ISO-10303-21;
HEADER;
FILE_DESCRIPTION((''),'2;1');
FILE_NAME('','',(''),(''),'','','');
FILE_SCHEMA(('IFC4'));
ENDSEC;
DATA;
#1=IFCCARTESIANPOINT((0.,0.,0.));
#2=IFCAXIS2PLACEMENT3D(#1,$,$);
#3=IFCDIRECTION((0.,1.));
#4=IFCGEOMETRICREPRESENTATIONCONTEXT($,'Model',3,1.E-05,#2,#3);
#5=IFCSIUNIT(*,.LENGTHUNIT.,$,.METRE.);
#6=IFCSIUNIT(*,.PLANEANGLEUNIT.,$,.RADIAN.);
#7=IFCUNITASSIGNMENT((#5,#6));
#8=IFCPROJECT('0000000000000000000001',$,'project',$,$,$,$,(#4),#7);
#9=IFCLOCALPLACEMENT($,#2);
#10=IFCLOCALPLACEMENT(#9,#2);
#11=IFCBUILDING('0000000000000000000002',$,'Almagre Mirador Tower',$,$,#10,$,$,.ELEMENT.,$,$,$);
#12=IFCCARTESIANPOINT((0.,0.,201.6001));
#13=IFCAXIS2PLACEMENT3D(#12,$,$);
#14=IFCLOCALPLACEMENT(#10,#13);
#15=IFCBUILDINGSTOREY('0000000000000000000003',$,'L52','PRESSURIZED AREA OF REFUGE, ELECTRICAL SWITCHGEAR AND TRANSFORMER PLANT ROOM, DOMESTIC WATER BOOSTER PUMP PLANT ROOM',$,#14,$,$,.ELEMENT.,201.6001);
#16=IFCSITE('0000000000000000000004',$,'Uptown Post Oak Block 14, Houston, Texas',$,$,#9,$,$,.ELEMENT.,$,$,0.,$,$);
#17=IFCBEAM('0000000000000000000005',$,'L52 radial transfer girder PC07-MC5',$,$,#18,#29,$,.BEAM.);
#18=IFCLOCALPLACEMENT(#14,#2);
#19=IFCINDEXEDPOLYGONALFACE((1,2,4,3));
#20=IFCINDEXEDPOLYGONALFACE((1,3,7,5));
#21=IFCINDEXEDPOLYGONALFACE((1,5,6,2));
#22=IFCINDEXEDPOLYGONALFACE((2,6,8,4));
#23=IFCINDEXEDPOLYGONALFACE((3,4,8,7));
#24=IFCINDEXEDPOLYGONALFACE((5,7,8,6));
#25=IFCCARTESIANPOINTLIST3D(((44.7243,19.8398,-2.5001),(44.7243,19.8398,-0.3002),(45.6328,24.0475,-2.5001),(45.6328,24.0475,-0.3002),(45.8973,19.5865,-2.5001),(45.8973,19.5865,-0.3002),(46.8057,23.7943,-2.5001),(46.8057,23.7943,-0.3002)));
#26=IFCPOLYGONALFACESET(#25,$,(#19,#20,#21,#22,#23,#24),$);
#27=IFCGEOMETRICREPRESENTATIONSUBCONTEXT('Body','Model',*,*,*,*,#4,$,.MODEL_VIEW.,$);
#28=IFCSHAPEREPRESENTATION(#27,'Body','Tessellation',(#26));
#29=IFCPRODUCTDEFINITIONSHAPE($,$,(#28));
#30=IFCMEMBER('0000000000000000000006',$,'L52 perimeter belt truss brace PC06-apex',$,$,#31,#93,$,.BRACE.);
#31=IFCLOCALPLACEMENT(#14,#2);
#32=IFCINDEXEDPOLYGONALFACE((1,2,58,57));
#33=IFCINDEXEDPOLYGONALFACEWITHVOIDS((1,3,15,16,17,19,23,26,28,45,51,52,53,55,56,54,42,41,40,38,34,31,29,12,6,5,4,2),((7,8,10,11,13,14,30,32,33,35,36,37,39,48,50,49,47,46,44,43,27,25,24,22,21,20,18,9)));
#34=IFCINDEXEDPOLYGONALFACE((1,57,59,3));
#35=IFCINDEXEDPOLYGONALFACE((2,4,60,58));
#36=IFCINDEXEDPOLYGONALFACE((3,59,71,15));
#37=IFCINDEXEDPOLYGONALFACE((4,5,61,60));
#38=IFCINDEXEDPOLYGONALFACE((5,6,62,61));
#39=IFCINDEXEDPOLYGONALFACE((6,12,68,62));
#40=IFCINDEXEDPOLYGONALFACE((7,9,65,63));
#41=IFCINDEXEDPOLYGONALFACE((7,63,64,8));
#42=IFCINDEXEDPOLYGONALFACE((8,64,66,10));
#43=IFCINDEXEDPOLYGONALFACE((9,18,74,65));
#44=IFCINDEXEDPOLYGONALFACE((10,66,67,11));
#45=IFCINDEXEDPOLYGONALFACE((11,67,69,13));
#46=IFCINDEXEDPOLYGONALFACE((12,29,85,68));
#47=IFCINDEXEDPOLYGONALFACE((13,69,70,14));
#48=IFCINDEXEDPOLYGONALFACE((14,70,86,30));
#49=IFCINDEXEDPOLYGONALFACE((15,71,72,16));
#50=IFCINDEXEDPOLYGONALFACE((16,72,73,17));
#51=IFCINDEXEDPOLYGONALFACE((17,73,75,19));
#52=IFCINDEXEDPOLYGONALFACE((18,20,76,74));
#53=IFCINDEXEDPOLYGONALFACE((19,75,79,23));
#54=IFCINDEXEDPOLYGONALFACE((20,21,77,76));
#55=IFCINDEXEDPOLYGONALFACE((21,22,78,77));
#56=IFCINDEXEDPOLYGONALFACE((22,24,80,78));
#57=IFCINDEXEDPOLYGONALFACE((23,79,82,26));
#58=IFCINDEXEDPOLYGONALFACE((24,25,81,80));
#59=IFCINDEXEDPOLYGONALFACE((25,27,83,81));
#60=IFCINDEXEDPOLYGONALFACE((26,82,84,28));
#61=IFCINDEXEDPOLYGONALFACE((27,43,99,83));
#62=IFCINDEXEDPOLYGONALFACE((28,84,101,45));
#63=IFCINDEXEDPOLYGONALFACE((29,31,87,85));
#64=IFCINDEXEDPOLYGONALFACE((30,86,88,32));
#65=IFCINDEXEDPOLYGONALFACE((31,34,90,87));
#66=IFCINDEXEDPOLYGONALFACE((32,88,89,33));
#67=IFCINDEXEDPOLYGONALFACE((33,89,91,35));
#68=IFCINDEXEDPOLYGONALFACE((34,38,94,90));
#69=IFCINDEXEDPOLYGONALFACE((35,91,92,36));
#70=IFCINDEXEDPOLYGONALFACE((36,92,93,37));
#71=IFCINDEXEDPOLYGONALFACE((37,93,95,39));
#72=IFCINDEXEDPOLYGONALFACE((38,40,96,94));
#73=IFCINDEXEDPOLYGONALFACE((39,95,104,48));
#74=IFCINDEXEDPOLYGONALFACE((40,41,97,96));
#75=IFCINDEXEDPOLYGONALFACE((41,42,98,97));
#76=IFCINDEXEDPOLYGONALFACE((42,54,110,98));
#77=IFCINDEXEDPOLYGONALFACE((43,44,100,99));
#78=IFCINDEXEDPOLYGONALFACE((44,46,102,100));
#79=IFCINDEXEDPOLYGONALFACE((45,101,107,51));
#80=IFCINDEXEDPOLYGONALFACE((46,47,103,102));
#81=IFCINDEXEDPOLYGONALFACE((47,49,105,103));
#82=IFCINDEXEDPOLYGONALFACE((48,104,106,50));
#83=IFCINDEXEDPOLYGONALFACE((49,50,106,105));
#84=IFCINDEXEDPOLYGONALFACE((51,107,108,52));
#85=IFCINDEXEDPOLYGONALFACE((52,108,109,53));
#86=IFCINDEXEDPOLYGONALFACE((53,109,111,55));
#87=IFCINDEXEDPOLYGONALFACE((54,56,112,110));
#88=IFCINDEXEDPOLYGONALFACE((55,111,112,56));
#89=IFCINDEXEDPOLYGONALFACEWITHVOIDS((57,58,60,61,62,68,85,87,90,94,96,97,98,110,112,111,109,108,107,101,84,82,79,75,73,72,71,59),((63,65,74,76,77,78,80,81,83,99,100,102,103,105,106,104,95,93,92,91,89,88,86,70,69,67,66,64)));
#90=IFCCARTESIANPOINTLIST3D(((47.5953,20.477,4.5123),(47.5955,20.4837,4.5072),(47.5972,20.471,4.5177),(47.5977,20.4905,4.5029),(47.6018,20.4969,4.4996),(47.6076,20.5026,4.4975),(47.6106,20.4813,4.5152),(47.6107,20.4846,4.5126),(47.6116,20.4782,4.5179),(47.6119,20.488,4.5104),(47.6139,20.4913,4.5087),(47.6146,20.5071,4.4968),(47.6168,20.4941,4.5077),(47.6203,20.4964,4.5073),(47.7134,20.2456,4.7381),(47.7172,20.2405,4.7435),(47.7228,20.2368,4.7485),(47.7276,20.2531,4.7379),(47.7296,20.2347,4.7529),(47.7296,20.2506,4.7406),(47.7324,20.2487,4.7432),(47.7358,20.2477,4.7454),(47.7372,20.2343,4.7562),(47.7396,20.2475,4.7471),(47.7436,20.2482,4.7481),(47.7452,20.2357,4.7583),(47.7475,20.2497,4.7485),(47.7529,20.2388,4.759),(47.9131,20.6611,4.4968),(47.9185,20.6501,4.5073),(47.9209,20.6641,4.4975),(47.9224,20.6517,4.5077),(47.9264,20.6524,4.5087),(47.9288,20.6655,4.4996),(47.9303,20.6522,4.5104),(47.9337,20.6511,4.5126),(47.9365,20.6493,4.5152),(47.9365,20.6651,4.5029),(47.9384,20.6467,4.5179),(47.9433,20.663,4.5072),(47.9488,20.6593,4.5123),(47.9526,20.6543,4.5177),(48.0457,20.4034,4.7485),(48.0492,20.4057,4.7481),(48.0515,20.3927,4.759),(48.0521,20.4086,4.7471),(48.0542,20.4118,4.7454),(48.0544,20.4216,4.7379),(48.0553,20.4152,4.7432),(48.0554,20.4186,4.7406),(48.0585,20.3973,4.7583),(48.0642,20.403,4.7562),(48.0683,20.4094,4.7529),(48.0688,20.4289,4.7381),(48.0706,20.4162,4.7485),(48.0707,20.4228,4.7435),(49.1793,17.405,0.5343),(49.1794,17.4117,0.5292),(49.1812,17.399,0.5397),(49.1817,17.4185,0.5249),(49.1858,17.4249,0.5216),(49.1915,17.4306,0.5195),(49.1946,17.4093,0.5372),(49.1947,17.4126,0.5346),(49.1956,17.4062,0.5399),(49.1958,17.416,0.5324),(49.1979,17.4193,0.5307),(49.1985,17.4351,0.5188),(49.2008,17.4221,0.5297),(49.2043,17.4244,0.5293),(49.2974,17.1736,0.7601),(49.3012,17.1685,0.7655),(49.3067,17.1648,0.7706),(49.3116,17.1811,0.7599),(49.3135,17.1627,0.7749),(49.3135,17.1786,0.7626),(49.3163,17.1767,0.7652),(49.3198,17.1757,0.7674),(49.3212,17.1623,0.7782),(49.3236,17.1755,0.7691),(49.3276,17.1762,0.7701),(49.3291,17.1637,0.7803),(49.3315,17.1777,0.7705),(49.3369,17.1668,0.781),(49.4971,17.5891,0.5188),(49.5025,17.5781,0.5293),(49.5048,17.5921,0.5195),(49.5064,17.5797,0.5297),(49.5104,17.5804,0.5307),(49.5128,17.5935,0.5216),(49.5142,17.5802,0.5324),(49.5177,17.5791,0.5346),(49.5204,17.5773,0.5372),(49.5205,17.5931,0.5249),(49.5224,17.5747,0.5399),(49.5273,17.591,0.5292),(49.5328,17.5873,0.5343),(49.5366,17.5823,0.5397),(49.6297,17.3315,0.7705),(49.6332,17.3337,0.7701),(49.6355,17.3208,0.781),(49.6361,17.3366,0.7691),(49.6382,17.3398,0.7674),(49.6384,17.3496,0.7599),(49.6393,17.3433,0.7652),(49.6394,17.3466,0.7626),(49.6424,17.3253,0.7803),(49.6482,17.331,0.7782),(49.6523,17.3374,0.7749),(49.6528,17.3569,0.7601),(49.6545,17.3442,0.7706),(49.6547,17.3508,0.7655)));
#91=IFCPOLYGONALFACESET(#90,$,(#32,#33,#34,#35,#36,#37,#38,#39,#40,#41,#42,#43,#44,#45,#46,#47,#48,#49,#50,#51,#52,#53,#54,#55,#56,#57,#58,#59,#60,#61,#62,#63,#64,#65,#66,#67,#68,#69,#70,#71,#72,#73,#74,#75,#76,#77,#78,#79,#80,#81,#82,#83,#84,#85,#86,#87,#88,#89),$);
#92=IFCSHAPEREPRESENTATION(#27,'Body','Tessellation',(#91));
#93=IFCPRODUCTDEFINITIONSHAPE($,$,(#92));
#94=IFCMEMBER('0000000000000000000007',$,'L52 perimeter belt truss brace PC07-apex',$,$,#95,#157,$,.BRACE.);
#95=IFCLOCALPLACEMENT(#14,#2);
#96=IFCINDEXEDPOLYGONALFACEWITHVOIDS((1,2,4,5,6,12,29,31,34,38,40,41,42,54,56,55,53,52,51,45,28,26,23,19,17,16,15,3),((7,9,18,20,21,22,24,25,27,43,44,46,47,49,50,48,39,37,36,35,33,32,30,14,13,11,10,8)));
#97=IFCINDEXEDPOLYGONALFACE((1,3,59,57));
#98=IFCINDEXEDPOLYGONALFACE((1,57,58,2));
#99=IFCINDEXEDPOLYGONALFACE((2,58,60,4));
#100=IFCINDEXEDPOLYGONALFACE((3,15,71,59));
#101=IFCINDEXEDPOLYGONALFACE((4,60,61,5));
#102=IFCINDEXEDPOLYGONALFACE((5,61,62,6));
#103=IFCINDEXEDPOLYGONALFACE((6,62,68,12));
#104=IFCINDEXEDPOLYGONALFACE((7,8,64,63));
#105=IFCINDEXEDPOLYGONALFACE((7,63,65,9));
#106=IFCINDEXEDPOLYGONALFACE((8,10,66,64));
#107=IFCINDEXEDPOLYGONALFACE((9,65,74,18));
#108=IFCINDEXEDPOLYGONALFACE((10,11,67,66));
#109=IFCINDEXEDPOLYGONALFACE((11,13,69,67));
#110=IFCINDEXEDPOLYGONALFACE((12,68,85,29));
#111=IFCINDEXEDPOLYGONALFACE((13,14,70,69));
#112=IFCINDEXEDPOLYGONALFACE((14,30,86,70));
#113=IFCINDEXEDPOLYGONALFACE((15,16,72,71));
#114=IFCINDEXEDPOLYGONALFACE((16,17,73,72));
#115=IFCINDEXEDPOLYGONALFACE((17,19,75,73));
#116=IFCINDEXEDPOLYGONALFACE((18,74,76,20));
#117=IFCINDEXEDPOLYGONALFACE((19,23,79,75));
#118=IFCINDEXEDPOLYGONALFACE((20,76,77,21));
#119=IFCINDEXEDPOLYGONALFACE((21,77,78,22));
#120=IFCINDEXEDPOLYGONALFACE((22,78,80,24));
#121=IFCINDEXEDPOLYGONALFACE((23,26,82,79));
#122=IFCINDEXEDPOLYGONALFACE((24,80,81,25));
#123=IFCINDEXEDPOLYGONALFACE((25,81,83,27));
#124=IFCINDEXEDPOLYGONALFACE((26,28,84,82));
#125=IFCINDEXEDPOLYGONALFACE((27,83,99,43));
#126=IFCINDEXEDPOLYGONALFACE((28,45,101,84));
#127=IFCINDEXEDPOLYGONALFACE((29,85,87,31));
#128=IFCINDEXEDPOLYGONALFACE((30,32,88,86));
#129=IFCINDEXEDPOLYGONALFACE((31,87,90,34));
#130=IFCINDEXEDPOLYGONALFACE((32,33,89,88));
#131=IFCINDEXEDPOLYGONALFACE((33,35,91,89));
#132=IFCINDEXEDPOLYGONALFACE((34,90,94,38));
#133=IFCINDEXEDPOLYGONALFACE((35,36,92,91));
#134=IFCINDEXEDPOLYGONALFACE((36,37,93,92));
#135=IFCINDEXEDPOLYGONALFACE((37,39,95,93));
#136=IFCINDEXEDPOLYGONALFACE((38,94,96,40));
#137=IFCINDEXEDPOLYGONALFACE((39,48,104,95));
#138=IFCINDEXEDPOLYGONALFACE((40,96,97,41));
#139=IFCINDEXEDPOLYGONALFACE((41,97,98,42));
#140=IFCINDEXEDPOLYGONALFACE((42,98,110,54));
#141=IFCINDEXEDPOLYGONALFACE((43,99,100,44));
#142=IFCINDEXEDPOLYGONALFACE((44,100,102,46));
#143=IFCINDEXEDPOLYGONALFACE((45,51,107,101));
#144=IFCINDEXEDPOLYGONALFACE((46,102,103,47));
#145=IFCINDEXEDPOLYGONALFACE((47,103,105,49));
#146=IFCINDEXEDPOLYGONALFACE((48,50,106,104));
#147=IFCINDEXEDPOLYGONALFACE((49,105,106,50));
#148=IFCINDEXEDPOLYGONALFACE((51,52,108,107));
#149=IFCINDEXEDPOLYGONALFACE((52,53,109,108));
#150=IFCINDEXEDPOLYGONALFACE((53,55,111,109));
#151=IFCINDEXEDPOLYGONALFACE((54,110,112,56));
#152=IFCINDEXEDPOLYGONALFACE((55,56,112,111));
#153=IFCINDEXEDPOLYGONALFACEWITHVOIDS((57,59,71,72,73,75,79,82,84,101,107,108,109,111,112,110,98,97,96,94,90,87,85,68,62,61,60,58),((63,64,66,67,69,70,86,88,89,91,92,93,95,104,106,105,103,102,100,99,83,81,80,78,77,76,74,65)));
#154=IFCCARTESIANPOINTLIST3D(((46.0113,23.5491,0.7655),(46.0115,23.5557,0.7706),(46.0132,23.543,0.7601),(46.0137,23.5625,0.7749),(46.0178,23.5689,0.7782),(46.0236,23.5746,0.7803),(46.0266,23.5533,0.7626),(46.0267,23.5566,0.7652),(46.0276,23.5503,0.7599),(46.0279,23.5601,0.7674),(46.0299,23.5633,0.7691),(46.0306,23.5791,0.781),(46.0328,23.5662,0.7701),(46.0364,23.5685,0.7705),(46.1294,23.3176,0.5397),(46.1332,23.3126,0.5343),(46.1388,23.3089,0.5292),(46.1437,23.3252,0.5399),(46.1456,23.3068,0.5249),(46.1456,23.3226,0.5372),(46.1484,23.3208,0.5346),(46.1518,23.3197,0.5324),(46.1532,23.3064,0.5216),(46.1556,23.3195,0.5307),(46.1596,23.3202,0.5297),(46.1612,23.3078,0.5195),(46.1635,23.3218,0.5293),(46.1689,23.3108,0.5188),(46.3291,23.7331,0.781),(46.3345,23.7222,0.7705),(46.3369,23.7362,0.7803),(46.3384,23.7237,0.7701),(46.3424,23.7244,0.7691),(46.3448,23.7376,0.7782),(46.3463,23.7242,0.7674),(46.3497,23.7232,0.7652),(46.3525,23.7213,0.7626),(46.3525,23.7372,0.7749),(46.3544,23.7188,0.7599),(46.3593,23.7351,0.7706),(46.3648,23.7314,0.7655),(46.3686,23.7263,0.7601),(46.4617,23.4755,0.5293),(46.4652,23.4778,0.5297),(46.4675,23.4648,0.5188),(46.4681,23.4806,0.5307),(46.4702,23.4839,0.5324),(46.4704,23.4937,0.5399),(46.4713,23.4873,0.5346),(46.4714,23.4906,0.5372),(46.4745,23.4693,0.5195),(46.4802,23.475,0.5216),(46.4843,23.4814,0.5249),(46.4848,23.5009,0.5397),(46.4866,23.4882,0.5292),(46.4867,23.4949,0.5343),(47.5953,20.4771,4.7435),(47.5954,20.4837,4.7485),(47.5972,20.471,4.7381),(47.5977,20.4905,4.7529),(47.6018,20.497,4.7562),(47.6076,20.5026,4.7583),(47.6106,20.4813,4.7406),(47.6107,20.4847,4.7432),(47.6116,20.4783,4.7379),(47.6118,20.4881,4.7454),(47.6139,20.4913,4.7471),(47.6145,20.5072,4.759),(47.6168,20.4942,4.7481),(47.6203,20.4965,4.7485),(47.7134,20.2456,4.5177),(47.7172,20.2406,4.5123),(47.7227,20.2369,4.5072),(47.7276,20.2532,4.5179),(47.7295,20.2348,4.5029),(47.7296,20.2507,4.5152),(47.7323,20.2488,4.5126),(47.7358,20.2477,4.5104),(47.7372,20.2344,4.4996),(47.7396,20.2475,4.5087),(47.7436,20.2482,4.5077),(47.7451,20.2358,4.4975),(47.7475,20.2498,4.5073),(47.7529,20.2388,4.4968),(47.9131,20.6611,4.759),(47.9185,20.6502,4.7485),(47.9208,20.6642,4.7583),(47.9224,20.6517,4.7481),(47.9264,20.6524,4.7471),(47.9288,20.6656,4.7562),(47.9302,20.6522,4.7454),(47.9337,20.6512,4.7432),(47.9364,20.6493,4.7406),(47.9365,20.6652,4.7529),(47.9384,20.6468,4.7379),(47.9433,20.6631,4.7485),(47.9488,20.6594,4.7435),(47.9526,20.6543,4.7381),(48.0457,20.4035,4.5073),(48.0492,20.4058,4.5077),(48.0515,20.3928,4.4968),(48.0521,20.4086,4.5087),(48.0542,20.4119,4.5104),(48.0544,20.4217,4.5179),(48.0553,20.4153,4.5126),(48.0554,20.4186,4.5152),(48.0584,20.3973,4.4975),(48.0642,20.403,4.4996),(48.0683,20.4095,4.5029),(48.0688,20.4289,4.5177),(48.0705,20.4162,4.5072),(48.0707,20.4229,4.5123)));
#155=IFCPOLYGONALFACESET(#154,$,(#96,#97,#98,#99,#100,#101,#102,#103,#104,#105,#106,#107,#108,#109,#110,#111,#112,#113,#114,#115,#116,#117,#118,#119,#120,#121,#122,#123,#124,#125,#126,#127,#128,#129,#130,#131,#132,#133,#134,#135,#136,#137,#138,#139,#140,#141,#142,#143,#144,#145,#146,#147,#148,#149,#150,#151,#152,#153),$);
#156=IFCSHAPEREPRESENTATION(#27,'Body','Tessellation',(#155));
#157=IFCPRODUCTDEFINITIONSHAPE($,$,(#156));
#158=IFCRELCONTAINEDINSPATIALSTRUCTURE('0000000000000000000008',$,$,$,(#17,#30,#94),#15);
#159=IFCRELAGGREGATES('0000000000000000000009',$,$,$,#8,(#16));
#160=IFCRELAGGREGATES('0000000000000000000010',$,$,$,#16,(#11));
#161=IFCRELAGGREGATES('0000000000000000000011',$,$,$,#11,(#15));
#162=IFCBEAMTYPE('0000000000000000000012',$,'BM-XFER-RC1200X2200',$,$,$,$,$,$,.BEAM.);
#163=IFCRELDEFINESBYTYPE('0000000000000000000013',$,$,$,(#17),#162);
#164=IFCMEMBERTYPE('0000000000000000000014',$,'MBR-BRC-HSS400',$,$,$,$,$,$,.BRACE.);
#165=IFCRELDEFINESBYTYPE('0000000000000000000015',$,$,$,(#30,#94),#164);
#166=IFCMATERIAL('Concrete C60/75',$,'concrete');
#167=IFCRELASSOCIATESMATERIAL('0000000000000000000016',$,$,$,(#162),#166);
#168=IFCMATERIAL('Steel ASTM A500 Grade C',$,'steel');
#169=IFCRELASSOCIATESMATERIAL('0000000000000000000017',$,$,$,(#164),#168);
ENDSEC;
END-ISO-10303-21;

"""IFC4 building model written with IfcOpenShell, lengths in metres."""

from ifc_helpers import new_model, si_unit, direction, frame, origin, origin_2d, place, context, subcontext, project, spatial, rectangle, hollow_rectangle, extrude, material, material_profile, profile_set, type_object, element, save


model = new_model("IFC4")

# Units and contexts
model_context = context("Model", 3, precision=1e-05, world=origin(), true_north=direction((0.0, 1.0)))
body_context = subcontext(model_context, "Body", "Model", "MODEL_VIEW")
ifc_project = project(units=[si_unit("LENGTHUNIT", "METRE"), si_unit("PLANEANGLEUNIT", "RADIAN")], contexts=[model_context])

# Site, building, storey
site_placement = place(None, origin())
site = spatial("IfcSite", under=ifc_project, at=site_placement, Name="Uptown Post Oak Block 14, Houston, Texas", CompositionType="ELEMENT", RefElevation=0.0)
building_placement = place(site_placement, origin())
building = spatial("IfcBuilding", under=site, at=building_placement, Name="Almagre Mirador Tower", CompositionType="ELEMENT")
storey_placement = place(building_placement, frame((0.0, 0.0, 201.6001)))
storey = spatial("IfcBuildingStorey", under=building, at=storey_placement, Name="L52", Description="PRESSURIZED AREA OF REFUGE, ELECTRICAL SWITCHGEAR AND TRANSFORMER PLANT ROOM, DOMESTIC WATER BOOSTER PUMP PLANT ROOM", CompositionType="ELEMENT", Elevation=201.6001)

# Beam
ifc_material_1 = material(Name="Concrete C60/75", Category="concrete")
ifc_material_profile_1 = material_profile(ifc_material_1, rectangle(XDim=1.2, YDim=2.2, at=origin_2d()), Name="RC1200X2200")
ifc_profile_set_1 = profile_set([ifc_material_profile_1], Name="Concrete C60/75")
beam_type_1 = type_object("IfcBeamType", Name="BM-XFER-RC1200X2200", PredefinedType="BEAM", material=ifc_profile_set_1)
beam_1_placement = place(storey_placement, frame((46.2192, 23.9209, -1.4001), z_axis=(-0.211036, -0.977478, 0.0), x_axis=(0.977478, -0.211036, 0.0)))
element("IfcBeam", 1, at=beam_1_placement, inside=storey, type_object=beam_type_1, Name="L52 radial transfer girder PC07-MC5", PredefinedType="BEAM", context=body_context, shape_type="SweptSolid", body=[
    extrude(rectangle(XDim=1.2, YDim=2.2, at=origin_2d()), origin(), (0.0, 0.0, 1.0), 4.3047),
])

# Members
ifc_material_2 = material(Name="Steel ASTM A500 Grade C", Category="steel")
ifc_material_profile_2 = material_profile(ifc_material_2, hollow_rectangle(XDim=0.3999, YDim=0.3999, WallThickness=0.0161, InnerFilletRadius=0.0161, OuterFilletRadius=0.032, at=origin_2d()), Name="HSS400X400X16")
ifc_profile_set_2 = profile_set([ifc_material_profile_2], Name="Steel ASTM A500 Grade C")
member_type_1 = type_object("IfcMemberType", Name="MBR-BRC-HSS400", PredefinedType="BRACE", material=ifc_profile_set_2)
for number, where, z_axis, x_axis, name in (
    (2, (49.417, 17.3779, 0.6499), (-0.300576, 0.582946, 0.754869), (-0.888806, -0.458283, 0.0), "L52 perimeter belt truss brace PC06-apex"),
    (3, (46.249, 23.522, 0.6499), (0.300576, -0.582946, 0.754869), (0.888806, 0.458283, 0.0), "L52 perimeter belt truss brace PC07-apex"),
):
    element("IfcMember", number, at=place(storey_placement, frame(where, z_axis=z_axis, x_axis=x_axis)), inside=storey, type_object=member_type_1, Name=name, PredefinedType="BRACE", context=body_context, shape_type="SweptSolid", body=[
        extrude(hollow_rectangle(XDim=0.3999, YDim=0.3999, WallThickness=0.0161, InnerFilletRadius=0.0161, OuterFilletRadius=0.032, at=origin_2d()), origin(), (0.0, 0.0, 1.0), 5.2698),
    ])

save(model, "model.ifc")
